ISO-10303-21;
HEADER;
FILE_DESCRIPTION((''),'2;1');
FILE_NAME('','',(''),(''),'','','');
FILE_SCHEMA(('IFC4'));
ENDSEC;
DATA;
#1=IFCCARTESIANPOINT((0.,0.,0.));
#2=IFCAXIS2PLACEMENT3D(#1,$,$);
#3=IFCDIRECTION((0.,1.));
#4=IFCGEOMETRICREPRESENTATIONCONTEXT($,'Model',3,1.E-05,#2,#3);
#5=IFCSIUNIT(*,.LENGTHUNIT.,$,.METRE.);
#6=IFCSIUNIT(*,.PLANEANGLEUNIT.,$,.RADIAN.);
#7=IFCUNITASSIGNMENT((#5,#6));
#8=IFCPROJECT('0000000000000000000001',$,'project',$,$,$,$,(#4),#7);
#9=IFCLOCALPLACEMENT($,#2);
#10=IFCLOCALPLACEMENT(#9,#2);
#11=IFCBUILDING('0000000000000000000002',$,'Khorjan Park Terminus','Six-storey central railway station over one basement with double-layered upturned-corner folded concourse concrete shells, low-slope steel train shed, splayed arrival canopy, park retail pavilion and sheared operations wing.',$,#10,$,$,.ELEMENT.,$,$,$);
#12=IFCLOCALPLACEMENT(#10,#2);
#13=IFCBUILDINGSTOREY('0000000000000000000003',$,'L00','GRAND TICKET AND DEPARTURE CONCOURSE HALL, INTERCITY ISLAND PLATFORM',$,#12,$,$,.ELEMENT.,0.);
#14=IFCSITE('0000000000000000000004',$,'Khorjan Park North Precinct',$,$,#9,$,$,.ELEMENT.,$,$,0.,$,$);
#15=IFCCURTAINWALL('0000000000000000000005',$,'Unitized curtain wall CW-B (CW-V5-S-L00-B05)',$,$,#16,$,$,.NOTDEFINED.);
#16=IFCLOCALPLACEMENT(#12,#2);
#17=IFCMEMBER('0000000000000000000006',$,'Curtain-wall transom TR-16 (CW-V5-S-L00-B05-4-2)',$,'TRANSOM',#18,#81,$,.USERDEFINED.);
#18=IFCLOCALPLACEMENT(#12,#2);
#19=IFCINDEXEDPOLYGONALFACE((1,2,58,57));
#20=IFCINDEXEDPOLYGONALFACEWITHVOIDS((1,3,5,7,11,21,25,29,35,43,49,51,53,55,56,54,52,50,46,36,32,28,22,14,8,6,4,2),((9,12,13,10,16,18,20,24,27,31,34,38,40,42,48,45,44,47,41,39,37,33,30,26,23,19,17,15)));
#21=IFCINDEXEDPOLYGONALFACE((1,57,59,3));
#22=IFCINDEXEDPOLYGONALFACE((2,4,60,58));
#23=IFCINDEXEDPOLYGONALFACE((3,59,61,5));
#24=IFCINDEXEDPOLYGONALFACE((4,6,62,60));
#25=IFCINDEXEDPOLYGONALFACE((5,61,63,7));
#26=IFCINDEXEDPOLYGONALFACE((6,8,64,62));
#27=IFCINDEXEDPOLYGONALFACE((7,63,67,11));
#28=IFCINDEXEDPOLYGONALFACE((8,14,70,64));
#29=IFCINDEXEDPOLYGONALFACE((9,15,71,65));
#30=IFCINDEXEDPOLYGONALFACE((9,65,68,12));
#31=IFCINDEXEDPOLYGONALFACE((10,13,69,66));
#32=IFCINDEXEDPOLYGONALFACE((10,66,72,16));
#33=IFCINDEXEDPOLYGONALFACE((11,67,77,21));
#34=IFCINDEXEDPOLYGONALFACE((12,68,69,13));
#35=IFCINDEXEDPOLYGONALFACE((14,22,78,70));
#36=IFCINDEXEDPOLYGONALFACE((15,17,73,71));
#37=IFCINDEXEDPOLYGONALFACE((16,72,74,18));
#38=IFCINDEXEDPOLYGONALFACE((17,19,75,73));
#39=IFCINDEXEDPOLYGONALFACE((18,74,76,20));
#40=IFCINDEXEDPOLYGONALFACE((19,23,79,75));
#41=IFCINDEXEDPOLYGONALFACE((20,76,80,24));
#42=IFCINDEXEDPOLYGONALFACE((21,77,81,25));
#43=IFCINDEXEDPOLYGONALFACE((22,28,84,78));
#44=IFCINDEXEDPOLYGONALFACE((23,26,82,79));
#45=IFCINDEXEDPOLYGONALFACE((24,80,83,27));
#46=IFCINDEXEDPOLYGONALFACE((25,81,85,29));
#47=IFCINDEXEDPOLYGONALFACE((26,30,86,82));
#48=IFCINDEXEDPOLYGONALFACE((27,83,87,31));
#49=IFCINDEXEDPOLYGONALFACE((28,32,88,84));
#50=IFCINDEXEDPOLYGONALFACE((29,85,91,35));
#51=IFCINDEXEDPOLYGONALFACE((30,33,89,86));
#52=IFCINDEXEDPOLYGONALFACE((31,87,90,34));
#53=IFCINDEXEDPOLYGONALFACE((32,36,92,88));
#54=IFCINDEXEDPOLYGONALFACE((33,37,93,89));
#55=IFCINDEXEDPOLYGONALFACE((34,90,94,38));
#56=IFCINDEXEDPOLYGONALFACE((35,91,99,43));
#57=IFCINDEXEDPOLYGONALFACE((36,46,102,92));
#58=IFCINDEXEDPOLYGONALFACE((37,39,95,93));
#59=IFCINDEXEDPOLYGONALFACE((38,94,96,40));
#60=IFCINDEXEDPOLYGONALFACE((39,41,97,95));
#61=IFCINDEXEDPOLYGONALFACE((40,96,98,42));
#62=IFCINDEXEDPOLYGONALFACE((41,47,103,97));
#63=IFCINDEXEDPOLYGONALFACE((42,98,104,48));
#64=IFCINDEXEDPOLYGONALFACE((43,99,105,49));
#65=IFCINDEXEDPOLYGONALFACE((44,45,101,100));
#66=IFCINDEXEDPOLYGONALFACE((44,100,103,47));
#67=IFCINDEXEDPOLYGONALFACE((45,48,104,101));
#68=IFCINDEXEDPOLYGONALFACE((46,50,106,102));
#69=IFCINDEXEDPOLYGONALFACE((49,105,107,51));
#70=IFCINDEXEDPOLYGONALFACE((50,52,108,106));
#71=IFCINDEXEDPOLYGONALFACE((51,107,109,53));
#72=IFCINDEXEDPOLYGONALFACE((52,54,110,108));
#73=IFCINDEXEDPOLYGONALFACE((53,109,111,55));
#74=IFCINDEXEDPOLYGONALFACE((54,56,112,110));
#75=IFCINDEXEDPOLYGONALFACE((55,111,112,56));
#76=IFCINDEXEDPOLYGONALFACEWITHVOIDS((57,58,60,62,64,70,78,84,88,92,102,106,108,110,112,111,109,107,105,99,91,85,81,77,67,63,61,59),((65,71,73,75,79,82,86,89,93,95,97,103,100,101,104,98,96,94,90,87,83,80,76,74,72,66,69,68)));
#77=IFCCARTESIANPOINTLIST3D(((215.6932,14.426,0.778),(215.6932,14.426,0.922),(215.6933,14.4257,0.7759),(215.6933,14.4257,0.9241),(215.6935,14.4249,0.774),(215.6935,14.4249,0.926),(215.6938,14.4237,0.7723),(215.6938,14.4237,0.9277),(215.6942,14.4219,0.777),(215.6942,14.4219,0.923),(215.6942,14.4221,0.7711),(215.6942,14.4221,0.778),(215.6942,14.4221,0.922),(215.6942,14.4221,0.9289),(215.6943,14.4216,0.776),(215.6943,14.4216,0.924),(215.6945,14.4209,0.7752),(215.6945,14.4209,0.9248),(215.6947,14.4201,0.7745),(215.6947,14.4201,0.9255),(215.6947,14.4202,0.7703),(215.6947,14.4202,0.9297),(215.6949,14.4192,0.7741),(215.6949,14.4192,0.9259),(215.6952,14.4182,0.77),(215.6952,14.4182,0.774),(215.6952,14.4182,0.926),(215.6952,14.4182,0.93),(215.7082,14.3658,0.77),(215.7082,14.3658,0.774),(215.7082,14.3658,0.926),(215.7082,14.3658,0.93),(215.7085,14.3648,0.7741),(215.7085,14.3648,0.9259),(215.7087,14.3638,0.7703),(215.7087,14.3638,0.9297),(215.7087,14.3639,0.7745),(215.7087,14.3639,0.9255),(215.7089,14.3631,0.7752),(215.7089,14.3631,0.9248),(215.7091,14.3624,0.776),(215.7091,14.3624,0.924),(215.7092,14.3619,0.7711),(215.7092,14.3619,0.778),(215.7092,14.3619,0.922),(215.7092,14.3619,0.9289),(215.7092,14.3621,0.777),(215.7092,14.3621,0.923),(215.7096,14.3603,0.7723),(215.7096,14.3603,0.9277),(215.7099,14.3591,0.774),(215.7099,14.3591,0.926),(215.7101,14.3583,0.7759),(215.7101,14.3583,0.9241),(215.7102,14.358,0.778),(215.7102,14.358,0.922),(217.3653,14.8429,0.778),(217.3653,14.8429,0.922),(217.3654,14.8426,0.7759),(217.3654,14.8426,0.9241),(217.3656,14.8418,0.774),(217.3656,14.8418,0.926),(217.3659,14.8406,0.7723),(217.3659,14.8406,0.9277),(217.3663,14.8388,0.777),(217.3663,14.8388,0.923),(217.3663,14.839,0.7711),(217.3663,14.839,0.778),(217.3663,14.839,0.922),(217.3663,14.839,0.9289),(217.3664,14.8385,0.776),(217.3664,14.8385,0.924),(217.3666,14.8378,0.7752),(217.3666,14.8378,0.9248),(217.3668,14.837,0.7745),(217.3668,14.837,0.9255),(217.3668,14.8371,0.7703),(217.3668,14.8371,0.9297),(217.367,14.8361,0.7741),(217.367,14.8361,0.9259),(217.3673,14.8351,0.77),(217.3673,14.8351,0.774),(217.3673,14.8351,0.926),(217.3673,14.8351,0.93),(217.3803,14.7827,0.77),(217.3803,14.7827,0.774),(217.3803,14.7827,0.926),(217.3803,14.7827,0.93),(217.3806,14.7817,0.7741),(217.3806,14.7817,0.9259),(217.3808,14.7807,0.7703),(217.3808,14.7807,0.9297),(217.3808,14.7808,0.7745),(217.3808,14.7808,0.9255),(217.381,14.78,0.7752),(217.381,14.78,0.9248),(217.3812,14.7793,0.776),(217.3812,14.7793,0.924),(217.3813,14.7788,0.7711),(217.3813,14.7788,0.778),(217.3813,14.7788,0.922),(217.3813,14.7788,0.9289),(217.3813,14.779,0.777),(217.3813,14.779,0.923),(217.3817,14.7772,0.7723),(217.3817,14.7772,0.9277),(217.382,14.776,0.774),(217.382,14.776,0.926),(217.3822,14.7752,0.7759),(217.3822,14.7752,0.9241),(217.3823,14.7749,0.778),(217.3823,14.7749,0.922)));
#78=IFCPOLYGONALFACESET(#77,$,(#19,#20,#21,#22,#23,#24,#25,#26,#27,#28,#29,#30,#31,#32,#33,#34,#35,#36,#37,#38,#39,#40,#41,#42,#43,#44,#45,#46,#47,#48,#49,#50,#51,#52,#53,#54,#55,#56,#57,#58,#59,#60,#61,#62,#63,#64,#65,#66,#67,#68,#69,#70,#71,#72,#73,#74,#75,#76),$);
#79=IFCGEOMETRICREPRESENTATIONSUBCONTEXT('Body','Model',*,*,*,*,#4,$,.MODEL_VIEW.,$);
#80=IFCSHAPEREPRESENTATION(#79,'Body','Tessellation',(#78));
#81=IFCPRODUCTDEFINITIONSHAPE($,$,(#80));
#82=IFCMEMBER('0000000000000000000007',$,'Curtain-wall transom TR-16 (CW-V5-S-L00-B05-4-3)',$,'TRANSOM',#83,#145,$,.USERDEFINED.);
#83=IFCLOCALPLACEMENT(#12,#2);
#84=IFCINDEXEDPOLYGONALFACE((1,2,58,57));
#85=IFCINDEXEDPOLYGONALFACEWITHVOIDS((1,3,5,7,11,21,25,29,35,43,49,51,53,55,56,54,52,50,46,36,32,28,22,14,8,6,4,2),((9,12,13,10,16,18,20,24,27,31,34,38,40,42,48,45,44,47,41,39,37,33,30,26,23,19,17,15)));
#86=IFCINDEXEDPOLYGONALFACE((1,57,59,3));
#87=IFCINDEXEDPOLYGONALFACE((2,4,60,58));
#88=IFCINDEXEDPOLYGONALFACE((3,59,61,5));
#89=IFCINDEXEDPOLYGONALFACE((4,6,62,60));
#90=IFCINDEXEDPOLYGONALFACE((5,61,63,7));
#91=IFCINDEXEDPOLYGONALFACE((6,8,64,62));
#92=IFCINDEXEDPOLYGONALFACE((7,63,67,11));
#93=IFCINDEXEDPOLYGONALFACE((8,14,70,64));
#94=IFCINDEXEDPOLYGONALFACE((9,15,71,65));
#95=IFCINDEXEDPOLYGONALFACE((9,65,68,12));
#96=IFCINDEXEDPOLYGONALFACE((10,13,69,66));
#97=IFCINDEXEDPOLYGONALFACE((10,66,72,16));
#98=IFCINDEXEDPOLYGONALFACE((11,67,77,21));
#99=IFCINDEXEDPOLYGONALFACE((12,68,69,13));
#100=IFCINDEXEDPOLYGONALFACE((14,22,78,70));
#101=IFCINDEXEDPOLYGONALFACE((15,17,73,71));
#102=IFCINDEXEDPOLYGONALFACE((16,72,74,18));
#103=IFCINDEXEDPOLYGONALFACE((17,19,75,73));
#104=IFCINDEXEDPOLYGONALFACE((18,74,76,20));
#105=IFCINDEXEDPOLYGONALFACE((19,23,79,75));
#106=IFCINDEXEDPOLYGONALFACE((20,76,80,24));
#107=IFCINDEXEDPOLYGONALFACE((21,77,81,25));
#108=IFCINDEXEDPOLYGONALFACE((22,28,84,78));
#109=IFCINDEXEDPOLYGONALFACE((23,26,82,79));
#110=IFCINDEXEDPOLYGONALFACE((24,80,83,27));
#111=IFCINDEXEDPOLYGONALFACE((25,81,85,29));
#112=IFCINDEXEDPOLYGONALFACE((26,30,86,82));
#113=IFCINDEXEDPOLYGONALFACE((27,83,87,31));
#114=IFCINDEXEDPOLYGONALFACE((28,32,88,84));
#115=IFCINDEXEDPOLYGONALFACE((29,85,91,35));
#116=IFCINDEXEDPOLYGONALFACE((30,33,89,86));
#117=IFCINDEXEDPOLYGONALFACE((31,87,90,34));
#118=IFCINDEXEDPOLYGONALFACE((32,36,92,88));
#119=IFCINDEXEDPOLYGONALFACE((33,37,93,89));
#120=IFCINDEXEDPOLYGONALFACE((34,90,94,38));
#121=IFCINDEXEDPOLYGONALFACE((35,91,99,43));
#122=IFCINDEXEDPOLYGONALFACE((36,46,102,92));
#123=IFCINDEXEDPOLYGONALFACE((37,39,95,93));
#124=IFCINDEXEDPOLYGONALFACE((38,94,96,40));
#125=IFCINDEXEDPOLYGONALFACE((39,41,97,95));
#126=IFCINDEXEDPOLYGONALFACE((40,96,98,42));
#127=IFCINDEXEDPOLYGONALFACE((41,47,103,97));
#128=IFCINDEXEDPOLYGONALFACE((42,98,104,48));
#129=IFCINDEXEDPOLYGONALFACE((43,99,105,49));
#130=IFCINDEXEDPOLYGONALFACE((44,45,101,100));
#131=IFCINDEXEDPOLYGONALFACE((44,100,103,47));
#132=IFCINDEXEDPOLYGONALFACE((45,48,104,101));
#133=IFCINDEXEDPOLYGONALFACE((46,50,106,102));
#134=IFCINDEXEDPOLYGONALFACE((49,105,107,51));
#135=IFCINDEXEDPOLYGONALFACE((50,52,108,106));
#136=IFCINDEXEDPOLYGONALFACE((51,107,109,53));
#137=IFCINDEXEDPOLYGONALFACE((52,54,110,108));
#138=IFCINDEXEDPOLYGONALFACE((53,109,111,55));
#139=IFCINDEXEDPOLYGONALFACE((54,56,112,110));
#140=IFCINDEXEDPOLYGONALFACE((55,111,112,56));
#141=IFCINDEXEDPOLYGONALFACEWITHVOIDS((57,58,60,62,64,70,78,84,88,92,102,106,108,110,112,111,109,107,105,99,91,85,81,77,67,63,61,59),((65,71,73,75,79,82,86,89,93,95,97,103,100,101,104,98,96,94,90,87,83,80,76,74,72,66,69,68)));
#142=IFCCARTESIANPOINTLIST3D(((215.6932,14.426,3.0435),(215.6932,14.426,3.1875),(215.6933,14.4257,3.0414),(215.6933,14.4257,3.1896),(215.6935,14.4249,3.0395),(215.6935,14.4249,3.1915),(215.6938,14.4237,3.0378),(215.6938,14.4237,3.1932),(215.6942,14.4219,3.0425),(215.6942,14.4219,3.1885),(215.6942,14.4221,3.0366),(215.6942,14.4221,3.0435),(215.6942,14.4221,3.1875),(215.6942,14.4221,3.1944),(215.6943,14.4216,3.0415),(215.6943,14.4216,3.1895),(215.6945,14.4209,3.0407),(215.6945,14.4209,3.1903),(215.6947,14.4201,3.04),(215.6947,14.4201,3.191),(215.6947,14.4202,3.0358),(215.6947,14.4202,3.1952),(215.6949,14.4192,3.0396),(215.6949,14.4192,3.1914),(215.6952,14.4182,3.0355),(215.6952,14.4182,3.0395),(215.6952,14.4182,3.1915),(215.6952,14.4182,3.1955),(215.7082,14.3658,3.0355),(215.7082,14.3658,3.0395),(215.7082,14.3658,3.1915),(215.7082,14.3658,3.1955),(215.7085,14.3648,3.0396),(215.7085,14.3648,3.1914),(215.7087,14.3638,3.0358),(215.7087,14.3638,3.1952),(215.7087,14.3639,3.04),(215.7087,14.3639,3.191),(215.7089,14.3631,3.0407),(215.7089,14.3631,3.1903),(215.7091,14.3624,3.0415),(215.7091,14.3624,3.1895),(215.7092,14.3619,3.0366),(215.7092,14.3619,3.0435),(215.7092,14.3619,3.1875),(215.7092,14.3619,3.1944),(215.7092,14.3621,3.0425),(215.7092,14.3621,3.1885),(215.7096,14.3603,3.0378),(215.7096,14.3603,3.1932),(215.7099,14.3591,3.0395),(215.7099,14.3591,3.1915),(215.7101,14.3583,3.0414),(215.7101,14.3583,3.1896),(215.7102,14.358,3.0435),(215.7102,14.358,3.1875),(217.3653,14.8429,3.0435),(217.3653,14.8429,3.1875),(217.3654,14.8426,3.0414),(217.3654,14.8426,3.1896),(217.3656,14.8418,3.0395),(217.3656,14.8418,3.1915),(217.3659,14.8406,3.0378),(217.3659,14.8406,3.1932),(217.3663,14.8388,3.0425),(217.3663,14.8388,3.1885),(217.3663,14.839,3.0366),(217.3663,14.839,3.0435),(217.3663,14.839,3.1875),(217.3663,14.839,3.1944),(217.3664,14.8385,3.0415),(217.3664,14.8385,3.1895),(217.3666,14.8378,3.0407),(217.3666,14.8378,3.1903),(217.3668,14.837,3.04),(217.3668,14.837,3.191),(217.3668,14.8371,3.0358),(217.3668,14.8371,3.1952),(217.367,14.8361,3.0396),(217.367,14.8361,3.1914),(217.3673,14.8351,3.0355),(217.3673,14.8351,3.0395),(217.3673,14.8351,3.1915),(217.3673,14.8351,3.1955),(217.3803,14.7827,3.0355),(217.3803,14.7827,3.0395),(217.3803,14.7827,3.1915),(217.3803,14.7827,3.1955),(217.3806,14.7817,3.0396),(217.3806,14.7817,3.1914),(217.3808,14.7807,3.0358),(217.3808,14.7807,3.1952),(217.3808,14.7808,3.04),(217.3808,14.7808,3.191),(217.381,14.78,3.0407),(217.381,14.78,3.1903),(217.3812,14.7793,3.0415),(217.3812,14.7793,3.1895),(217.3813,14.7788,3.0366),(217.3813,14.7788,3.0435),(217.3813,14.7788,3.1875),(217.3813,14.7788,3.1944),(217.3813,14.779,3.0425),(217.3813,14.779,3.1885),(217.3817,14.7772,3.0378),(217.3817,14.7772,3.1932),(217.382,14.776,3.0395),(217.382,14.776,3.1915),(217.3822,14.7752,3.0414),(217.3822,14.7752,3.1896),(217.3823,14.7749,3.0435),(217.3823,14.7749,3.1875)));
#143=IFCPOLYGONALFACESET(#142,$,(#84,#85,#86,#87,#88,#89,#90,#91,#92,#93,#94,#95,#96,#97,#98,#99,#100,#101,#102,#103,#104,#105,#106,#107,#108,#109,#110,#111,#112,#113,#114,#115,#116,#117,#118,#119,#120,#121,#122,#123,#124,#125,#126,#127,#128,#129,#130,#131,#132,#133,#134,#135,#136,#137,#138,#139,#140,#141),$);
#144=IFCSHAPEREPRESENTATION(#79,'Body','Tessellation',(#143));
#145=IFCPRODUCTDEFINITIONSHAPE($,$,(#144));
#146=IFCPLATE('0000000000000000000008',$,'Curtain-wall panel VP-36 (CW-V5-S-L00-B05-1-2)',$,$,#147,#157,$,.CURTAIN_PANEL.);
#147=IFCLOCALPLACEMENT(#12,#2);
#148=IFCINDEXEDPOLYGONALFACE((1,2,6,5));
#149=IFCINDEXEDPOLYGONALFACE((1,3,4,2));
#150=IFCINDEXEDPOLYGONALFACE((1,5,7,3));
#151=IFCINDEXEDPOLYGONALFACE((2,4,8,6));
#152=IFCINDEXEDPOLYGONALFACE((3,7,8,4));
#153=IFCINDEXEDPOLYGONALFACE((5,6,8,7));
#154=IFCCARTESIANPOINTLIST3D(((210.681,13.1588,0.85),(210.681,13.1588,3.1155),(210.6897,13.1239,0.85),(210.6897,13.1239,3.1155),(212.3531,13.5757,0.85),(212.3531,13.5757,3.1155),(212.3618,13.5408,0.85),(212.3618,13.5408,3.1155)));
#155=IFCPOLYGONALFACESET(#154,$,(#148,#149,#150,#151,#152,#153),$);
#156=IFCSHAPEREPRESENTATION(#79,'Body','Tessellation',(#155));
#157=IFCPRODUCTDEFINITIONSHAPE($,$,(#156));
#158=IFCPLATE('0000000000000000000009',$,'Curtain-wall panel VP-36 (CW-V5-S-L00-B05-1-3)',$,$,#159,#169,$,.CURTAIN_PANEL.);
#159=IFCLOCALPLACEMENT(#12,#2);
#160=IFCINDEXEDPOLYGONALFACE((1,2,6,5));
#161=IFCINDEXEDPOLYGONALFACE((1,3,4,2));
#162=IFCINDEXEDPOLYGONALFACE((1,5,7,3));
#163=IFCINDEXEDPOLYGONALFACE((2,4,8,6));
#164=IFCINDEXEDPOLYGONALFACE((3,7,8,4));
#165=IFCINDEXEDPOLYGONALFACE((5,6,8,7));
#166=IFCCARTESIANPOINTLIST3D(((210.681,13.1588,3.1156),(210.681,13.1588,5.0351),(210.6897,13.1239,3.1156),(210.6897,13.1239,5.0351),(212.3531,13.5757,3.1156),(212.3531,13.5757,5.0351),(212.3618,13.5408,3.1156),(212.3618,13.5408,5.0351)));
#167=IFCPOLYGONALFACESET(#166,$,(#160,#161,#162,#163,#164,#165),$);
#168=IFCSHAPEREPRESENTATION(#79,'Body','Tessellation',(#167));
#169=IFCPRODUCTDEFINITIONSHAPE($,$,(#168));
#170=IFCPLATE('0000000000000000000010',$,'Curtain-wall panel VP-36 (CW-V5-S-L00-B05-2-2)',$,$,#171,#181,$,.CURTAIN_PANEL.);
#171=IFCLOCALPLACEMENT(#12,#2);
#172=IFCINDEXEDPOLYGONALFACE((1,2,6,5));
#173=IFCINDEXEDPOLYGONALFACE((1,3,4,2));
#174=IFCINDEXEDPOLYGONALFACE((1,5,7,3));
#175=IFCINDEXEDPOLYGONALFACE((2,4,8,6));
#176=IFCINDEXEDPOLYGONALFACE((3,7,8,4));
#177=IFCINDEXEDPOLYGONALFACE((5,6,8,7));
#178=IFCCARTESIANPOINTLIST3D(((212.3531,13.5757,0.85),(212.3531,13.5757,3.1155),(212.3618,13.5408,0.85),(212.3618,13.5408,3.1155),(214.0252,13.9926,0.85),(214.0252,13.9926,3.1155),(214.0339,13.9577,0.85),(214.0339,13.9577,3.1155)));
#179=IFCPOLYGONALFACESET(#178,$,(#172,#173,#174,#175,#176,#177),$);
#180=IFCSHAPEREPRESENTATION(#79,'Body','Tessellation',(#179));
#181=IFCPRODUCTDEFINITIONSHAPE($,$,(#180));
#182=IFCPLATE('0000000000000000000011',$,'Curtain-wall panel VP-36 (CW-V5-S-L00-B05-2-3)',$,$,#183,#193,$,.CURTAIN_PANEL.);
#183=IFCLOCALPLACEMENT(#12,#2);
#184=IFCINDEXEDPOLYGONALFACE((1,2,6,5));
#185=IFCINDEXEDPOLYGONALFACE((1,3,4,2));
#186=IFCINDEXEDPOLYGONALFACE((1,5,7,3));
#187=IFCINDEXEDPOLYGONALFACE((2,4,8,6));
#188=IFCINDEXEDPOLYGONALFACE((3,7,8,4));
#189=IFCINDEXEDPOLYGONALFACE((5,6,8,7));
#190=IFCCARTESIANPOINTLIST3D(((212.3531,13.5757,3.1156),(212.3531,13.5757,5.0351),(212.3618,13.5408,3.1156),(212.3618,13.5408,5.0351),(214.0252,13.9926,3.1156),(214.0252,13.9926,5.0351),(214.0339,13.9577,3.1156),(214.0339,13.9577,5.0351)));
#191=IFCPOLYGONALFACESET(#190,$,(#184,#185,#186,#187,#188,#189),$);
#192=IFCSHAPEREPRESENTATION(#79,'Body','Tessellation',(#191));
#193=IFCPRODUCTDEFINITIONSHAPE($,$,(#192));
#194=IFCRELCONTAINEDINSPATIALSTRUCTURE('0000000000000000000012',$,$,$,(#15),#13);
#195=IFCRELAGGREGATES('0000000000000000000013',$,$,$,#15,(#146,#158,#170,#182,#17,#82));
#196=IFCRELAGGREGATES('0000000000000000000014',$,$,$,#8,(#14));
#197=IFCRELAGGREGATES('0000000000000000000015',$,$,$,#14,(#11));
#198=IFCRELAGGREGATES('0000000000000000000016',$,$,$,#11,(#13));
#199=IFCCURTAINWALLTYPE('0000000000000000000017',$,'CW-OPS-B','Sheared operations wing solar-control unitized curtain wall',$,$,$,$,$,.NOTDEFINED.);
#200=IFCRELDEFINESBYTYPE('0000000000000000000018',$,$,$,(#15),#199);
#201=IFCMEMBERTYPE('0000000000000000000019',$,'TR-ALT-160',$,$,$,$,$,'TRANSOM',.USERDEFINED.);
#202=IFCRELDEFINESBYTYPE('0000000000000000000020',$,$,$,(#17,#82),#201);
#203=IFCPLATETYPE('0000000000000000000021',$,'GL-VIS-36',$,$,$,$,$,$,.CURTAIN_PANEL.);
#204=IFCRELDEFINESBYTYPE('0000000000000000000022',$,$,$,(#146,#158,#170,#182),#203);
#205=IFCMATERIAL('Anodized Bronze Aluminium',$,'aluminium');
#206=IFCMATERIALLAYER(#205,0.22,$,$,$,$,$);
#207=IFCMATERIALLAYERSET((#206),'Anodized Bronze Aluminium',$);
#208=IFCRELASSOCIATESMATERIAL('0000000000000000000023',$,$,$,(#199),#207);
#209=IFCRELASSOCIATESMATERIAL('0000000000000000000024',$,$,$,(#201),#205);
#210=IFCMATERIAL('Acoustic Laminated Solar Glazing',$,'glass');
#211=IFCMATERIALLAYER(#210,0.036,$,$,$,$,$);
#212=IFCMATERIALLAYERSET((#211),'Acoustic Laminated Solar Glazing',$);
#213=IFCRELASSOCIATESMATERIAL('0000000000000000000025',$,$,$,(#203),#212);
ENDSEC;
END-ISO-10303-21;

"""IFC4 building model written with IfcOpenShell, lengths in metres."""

from ifc_helpers import new_model, si_unit, direction, frame, origin, origin_2d, place, context, subcontext, project, spatial, rectangle, hollow_rectangle, extrude, material, layer, layer_set, material_profile, profile_set, type_object, element, aggregate, save


model = new_model("IFC4")

# Units and contexts
model_context = context("Model", 3, precision=1e-05, world=origin(), true_north=direction((0.0, 1.0)))
body_context = subcontext(model_context, "Body", "Model", "MODEL_VIEW")
ifc_project = project(units=[si_unit("LENGTHUNIT", "METRE"), si_unit("PLANEANGLEUNIT", "RADIAN")], contexts=[model_context])

# Site, building, storey
site_placement = place(None, origin())
site = spatial("IfcSite", under=ifc_project, at=site_placement, Name="Khorjan Park North Precinct", CompositionType="ELEMENT", RefElevation=0.0)
building_placement = place(site_placement, origin())
building = spatial("IfcBuilding", under=site, at=building_placement, Name="Khorjan Park Terminus", Description="Six-storey central railway station over one basement with double-layered upturned-corner folded concourse concrete shells, low-slope steel train shed, splayed arrival canopy, park retail pavilion and sheared operations wing.", CompositionType="ELEMENT")
storey_placement = place(building_placement, origin())
storey = spatial("IfcBuildingStorey", under=building, at=storey_placement, Name="L00", Description="GRAND TICKET AND DEPARTURE CONCOURSE HALL, INTERCITY ISLAND PLATFORM", CompositionType="ELEMENT", Elevation=0.0)

# Curtain wall, members, plates
ifc_material_1 = material(Name="Anodized Bronze Aluminium", Category="aluminium")
ifc_layer_1 = layer(ifc_material_1, 0.22)
ifc_layer_set_1 = layer_set([ifc_layer_1], Name="Anodized Bronze Aluminium")
curtain_wall_type = type_object("IfcCurtainWallType", Name="CW-OPS-B", Description="Sheared operations wing solar-control unitized curtain wall", PredefinedType="NOTDEFINED", material=ifc_layer_set_1)
curtain_wall_placement = place(storey_placement, origin())
curtain_wall = element("IfcCurtainWall", 1, at=curtain_wall_placement, inside=storey, type_object=curtain_wall_type, Name="Unitized curtain wall CW-B (CW-V5-S-L00-B05)", PredefinedType="NOTDEFINED")
ifc_material_profile_1 = material_profile(ifc_material_1, hollow_rectangle(XDim=0.07, YDim=0.16, WallThickness=0.004, InnerFilletRadius=0.004, OuterFilletRadius=0.008, at=origin_2d()), Name="ALT 70x160x4")
ifc_profile_set_1 = profile_set([ifc_material_profile_1], Name="Anodized Bronze Aluminium")
member_type_1 = type_object("IfcMemberType", Name="TR-ALT-160", ElementType="TRANSOM", PredefinedType="USERDEFINED", material=ifc_profile_set_1)
member_1_placement = place(storey_placement, frame((215.7017, 14.392, 0.85), z_axis=(0.970296, 0.241921, 0.0), x_axis=(-0.241921, 0.970296, 0.0)))
member_1 = element("IfcMember", 2, at=member_1_placement, type_object=member_type_1, Name="Curtain-wall transom TR-16 (CW-V5-S-L00-B05-4-2)", ObjectType="TRANSOM", PredefinedType="USERDEFINED", context=body_context, shape_type="SweptSolid", body=[
    extrude(hollow_rectangle(XDim=0.07, YDim=0.16, WallThickness=0.004, InnerFilletRadius=0.004, OuterFilletRadius=0.008, at=origin_2d()), origin(), (0.0, 0.0, 1.0), 1.7233),
])
member_2_placement = place(storey_placement, frame((215.7017, 14.392, 3.1155), z_axis=(0.970296, 0.241921, 0.0), x_axis=(-0.241921, 0.970296, 0.0)))
member_2 = element("IfcMember", 3, at=member_2_placement, type_object=member_type_1, Name="Curtain-wall transom TR-16 (CW-V5-S-L00-B05-4-3)", ObjectType="TRANSOM", PredefinedType="USERDEFINED", context=body_context, shape_type="SweptSolid", body=[
    extrude(hollow_rectangle(XDim=0.07, YDim=0.16, WallThickness=0.004, InnerFilletRadius=0.004, OuterFilletRadius=0.008, at=origin_2d()), origin(), (0.0, 0.0, 1.0), 1.7233),
])
ifc_material_2 = material(Name="Acoustic Laminated Solar Glazing", Category="glass")
ifc_layer_2 = layer(ifc_material_2, 0.036)
ifc_layer_set_2 = layer_set([ifc_layer_2], Name="Acoustic Laminated Solar Glazing")
plate_type_1 = type_object("IfcPlateType", Name="GL-VIS-36", PredefinedType="CURTAIN_PANEL", material=ifc_layer_set_2)
plate_1_placement = place(storey_placement, frame((211.5214, 13.3498, 0.85), z_axis=(0.0, 0.0, 1.0), x_axis=(0.970298, 0.241912, 0.0)))
plate_1 = element("IfcPlate", 4, at=plate_1_placement, type_object=plate_type_1, Name="Curtain-wall panel VP-36 (CW-V5-S-L00-B05-1-2)", PredefinedType="CURTAIN_PANEL", context=body_context, shape_type="SweptSolid", body=[
    extrude(rectangle(XDim=1.7233, YDim=0.036, at=origin_2d()), origin(), (0.0, 0.0, 1.0), 2.2655),
])
plate_2_placement = place(storey_placement, frame((211.5214, 13.3498, 3.1156), z_axis=(0.0, 0.0, 1.0), x_axis=(0.970298, 0.241912, 0.0)))
plate_2 = element("IfcPlate", 5, at=plate_2_placement, type_object=plate_type_1, Name="Curtain-wall panel VP-36 (CW-V5-S-L00-B05-1-3)", PredefinedType="CURTAIN_PANEL", context=body_context, shape_type="SweptSolid", body=[
    extrude(rectangle(XDim=1.7233, YDim=0.036, at=origin_2d()), origin(), (0.0, 0.0, 1.0), 1.9195),
])
plate_3_placement = place(storey_placement, frame((213.1935, 13.7667, 0.85), z_axis=(0.0, 0.0, 1.0), x_axis=(0.970298, 0.241912, 0.0)))
plate_3 = element("IfcPlate", 6, at=plate_3_placement, type_object=plate_type_1, Name="Curtain-wall panel VP-36 (CW-V5-S-L00-B05-2-2)", PredefinedType="CURTAIN_PANEL", context=body_context, shape_type="SweptSolid", body=[
    extrude(rectangle(XDim=1.7233, YDim=0.036, at=origin_2d()), origin(), (0.0, 0.0, 1.0), 2.2655),
])
plate_4_placement = place(storey_placement, frame((213.1935, 13.7667, 3.1156), z_axis=(0.0, 0.0, 1.0), x_axis=(0.970298, 0.241912, 0.0)))
plate_4 = element("IfcPlate", 7, at=plate_4_placement, type_object=plate_type_1, Name="Curtain-wall panel VP-36 (CW-V5-S-L00-B05-2-3)", PredefinedType="CURTAIN_PANEL", context=body_context, shape_type="SweptSolid", body=[
    extrude(rectangle(XDim=1.7233, YDim=0.036, at=origin_2d()), origin(), (0.0, 0.0, 1.0), 1.9195),
])
aggregate(curtain_wall, [plate_1, plate_2, plate_3, plate_4, member_1, member_2])

save(model, "model.ifc")
